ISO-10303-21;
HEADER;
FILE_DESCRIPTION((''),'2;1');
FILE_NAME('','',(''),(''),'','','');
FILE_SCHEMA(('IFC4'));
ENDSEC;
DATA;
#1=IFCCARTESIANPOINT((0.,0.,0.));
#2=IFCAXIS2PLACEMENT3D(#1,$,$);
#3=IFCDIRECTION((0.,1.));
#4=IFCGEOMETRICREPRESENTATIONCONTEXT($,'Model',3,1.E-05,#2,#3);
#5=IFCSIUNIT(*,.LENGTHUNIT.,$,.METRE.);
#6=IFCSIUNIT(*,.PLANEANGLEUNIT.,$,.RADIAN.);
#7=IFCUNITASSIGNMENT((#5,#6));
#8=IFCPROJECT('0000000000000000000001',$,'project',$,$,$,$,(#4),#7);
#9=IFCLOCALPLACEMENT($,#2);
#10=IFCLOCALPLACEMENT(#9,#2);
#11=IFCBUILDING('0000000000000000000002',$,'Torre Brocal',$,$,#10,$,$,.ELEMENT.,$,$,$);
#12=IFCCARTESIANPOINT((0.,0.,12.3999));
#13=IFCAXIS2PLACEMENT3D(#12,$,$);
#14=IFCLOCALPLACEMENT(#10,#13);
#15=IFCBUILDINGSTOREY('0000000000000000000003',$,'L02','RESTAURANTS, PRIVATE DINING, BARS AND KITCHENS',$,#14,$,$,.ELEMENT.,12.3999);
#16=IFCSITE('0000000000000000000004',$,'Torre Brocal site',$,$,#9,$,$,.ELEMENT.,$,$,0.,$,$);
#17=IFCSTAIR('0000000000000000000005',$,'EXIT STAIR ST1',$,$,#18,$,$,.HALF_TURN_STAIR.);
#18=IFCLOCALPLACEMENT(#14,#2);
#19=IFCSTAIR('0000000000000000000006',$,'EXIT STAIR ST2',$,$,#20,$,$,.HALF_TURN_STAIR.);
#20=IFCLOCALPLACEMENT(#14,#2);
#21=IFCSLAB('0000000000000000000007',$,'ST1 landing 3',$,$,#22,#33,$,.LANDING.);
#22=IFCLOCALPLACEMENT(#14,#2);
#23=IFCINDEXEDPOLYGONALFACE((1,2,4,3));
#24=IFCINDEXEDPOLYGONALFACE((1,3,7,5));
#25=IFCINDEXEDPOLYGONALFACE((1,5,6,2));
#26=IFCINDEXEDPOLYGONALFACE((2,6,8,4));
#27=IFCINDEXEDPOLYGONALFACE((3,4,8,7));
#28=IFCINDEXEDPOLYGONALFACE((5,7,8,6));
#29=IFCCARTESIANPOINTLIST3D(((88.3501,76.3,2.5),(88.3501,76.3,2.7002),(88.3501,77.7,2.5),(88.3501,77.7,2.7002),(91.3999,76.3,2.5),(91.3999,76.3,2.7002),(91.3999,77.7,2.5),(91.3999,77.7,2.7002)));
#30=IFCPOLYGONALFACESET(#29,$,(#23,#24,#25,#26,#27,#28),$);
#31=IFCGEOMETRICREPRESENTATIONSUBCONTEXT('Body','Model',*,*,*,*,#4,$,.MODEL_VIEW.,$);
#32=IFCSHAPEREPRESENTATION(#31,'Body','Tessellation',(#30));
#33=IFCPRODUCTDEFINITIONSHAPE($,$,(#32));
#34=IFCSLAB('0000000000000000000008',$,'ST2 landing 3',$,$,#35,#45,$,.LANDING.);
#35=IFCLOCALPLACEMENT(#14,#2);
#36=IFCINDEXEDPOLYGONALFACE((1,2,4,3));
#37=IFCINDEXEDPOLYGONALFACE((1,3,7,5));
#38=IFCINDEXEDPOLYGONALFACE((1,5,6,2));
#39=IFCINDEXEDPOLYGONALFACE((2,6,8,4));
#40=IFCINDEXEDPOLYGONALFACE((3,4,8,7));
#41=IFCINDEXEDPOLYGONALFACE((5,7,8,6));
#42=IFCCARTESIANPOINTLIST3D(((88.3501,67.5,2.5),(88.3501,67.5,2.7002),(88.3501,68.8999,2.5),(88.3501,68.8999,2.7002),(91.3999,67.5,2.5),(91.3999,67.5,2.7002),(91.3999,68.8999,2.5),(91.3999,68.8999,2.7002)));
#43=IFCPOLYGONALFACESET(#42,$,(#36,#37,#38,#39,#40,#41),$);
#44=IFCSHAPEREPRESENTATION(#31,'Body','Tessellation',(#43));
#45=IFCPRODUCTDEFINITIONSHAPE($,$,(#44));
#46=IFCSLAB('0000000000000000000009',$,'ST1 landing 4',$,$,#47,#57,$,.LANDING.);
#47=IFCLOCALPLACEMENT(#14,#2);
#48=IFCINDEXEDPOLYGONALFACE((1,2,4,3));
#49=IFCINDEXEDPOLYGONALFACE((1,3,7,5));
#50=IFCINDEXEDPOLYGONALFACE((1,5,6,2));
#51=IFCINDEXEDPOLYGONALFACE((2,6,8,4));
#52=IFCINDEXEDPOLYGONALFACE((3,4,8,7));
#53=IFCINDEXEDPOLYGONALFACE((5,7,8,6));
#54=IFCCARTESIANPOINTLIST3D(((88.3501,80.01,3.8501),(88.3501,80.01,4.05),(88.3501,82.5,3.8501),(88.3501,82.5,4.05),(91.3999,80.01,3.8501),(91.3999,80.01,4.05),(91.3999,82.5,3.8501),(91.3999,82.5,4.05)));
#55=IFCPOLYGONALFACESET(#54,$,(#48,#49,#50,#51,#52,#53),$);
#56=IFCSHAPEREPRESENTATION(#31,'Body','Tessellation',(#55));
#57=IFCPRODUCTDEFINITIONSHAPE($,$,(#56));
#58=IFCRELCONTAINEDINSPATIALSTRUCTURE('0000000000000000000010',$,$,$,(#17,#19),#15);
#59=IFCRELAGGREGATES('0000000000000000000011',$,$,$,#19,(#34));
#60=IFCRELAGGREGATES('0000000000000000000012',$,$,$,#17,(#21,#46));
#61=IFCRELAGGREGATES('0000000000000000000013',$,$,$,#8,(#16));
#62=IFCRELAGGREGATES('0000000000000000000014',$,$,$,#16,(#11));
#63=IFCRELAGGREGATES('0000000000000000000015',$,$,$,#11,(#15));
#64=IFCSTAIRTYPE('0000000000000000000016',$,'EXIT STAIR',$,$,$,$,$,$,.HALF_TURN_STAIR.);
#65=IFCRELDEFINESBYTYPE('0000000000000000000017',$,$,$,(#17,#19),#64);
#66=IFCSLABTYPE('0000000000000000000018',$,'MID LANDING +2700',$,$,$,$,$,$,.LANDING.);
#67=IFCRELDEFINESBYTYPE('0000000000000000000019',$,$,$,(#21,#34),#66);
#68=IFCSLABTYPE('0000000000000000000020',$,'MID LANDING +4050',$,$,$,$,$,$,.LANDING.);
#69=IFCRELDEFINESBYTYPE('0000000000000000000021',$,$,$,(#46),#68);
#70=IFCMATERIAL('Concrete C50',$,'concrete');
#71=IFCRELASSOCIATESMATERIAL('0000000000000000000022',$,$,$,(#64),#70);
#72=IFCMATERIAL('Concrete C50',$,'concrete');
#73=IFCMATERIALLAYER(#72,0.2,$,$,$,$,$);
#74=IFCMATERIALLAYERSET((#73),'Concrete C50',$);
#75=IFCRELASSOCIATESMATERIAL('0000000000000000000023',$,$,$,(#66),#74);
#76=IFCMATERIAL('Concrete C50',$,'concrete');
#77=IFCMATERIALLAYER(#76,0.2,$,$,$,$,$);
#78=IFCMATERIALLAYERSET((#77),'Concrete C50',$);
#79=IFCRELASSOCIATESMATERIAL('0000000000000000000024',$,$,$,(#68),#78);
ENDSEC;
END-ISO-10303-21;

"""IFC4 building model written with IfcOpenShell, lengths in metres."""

from ifc_helpers import new_model, si_unit, direction, frame, origin, place, context, subcontext, project, spatial, polyline, outline, extrude, material, layer, layer_set, type_object, element, aggregate, save


model = new_model("IFC4")

# Units and contexts
model_context = context("Model", 3, precision=1e-05, world=origin(), true_north=direction((0.0, 1.0)))
body_context = subcontext(model_context, "Body", "Model", "MODEL_VIEW")
ifc_project = project(units=[si_unit("LENGTHUNIT", "METRE"), si_unit("PLANEANGLEUNIT", "RADIAN")], contexts=[model_context])

# Site, building, storey
site_placement = place(None, origin())
site = spatial("IfcSite", under=ifc_project, at=site_placement, Name="Torre Brocal site", CompositionType="ELEMENT", RefElevation=0.0)
building_placement = place(site_placement, origin())
building = spatial("IfcBuilding", under=site, at=building_placement, Name="Torre Brocal", CompositionType="ELEMENT")
storey_placement = place(building_placement, frame((0.0, 0.0, 12.3999)))
storey = spatial("IfcBuildingStorey", under=building, at=storey_placement, Name="L02", Description="RESTAURANTS, PRIVATE DINING, BARS AND KITCHENS", CompositionType="ELEMENT", Elevation=12.3999)

# Stairs
ifc_material_1 = material(Name="Concrete C50", Category="concrete")
stair_type = type_object("IfcStairType", Name="EXIT STAIR", PredefinedType="HALF_TURN_STAIR", material=ifc_material_1)
stair_1_placement = place(storey_placement, origin())
stair_1 = element("IfcStair", 1, at=stair_1_placement, inside=storey, type_object=stair_type, Name="EXIT STAIR ST1", PredefinedType="HALF_TURN_STAIR")
stair_2_placement = place(storey_placement, origin())
stair_2 = element("IfcStair", 2, at=stair_2_placement, inside=storey, type_object=stair_type, Name="EXIT STAIR ST2", PredefinedType="HALF_TURN_STAIR")

# Slabs
ifc_material_2 = material(Name="Concrete C50", Category="concrete")
ifc_layer_1 = layer(ifc_material_2, 0.2)
ifc_layer_set_1 = layer_set([ifc_layer_1], Name="Concrete C50")
slab_type_1 = type_object("IfcSlabType", Name="MID LANDING +2700", PredefinedType="LANDING", material=ifc_layer_set_1)
slab_1_placement = place(storey_placement, frame((0.0, 0.0, 2.5)))
slab_1 = element("IfcSlab", 3, at=slab_1_placement, type_object=slab_type_1, Name="ST1 landing 3", PredefinedType="LANDING", context=body_context, shape_type="SweptSolid", body=[
    extrude(outline(polyline([(88.3501, 76.3), (91.3999, 76.3), (91.3999, 77.7), (88.3501, 77.7), (88.3501, 76.3)])), origin(), (0.0, 0.0, 1.0), 0.2002),
])
slab_2_placement = place(storey_placement, frame((0.0, 0.0, 2.5)))
slab_2 = element("IfcSlab", 4, at=slab_2_placement, type_object=slab_type_1, Name="ST2 landing 3", PredefinedType="LANDING", context=body_context, shape_type="SweptSolid", body=[
    extrude(outline(polyline([(88.3501, 67.5), (91.3999, 67.5), (91.3999, 68.8999), (88.3501, 68.8999), (88.3501, 67.5)])), origin(), (0.0, 0.0, 1.0), 0.2002),
])
aggregate(stair_2, [slab_2])
ifc_material_3 = material(Name="Concrete C50", Category="concrete")
ifc_layer_2 = layer(ifc_material_3, 0.2)
ifc_layer_set_2 = layer_set([ifc_layer_2], Name="Concrete C50")
slab_type_2 = type_object("IfcSlabType", Name="MID LANDING +4050", PredefinedType="LANDING", material=ifc_layer_set_2)
slab_3_placement = place(storey_placement, frame((0.0, 0.0, 3.8501)))
slab_3 = element("IfcSlab", 5, at=slab_3_placement, type_object=slab_type_2, Name="ST1 landing 4", PredefinedType="LANDING", context=body_context, shape_type="SweptSolid", body=[
    extrude(outline(polyline([(88.3501, 80.01), (91.3999, 80.01), (91.3999, 82.5), (88.3501, 82.5), (88.3501, 80.01)])), origin(), (0.0, 0.0, 1.0), 0.2),
])
aggregate(stair_1, [slab_1, slab_3])

save(model, "model.ifc")
